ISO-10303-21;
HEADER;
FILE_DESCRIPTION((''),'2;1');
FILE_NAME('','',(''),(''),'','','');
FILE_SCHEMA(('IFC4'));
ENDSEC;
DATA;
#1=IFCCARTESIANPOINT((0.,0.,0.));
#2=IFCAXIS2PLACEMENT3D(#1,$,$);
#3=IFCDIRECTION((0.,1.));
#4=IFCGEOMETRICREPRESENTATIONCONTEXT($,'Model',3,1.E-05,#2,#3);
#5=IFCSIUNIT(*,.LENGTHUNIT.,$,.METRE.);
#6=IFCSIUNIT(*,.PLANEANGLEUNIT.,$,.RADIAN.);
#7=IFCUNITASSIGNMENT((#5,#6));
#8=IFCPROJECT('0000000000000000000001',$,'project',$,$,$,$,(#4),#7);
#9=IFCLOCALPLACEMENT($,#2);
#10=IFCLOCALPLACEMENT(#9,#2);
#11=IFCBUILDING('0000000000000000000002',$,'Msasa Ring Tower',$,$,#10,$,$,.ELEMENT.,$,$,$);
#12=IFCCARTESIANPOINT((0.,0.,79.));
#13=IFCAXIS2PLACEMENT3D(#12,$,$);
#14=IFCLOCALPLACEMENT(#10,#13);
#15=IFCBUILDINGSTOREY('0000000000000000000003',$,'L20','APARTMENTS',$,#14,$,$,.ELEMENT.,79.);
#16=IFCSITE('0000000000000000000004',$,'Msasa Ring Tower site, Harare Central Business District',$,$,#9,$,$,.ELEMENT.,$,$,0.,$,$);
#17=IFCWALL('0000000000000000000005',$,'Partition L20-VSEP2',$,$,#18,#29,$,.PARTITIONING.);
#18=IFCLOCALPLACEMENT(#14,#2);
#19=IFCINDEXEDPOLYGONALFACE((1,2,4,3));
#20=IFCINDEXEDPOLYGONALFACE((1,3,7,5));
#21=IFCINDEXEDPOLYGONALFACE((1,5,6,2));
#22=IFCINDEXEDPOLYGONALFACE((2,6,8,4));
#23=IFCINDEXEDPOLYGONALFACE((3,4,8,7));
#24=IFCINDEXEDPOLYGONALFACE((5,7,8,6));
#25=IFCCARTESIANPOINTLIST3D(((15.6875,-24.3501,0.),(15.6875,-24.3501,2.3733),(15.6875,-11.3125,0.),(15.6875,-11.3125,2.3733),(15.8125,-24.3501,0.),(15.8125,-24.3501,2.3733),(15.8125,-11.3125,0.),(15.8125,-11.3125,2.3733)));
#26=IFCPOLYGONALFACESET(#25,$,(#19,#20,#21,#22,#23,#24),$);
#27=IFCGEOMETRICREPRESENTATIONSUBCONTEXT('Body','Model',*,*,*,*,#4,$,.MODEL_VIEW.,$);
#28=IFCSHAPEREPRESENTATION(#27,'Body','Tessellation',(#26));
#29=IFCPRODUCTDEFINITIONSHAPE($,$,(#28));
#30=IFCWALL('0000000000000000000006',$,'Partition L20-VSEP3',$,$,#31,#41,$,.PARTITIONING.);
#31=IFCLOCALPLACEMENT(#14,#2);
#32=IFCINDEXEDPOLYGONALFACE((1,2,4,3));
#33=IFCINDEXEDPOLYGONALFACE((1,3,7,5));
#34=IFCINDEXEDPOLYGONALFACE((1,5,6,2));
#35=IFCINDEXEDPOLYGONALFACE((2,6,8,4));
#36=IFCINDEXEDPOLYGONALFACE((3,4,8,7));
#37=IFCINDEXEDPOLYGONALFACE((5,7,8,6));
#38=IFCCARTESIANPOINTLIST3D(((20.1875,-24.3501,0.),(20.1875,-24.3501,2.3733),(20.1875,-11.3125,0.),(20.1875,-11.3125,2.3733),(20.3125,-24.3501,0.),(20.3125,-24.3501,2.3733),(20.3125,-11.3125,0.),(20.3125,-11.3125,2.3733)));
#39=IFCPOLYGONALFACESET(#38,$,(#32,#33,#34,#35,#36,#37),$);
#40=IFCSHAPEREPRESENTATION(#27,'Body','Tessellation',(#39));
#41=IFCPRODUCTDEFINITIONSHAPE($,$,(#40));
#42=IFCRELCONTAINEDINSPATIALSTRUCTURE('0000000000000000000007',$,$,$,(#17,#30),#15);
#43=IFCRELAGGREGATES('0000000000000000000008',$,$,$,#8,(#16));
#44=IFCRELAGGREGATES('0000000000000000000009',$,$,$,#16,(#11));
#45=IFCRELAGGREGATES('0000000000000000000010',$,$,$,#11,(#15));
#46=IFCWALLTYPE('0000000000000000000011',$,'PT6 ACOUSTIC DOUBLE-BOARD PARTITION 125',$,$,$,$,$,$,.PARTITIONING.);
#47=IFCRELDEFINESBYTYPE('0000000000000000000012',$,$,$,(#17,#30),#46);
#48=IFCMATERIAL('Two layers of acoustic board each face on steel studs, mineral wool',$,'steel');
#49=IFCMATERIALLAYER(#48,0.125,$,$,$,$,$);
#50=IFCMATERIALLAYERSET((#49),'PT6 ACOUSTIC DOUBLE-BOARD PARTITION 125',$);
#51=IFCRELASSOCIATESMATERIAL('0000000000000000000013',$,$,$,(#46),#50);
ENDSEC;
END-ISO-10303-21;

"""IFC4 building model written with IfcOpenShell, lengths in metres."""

from ifc_helpers import new_model, si_unit, direction, frame, frame_2d, origin, place, context, subcontext, project, spatial, rectangle, extrude, material, layer, layer_set, type_object, element, save


model = new_model("IFC4")

# Units and contexts
model_context = context("Model", 3, precision=1e-05, world=origin(), true_north=direction((0.0, 1.0)))
body_context = subcontext(model_context, "Body", "Model", "MODEL_VIEW")
ifc_project = project(units=[si_unit("LENGTHUNIT", "METRE"), si_unit("PLANEANGLEUNIT", "RADIAN")], contexts=[model_context])

# Site, building, storey
site_placement = place(None, origin())
site = spatial("IfcSite", under=ifc_project, at=site_placement, Name="Msasa Ring Tower site, Harare Central Business District", CompositionType="ELEMENT", RefElevation=0.0)
building_placement = place(site_placement, origin())
building = spatial("IfcBuilding", under=site, at=building_placement, Name="Msasa Ring Tower", CompositionType="ELEMENT")
storey_placement = place(building_placement, frame((0.0, 0.0, 79.0)))
storey = spatial("IfcBuildingStorey", under=building, at=storey_placement, Name="L20", Description="APARTMENTS", CompositionType="ELEMENT", Elevation=79.0)

# Walls
ifc_material_1 = material(Name="Two layers of acoustic board each face on steel studs, mineral wool", Category="steel")
ifc_layer_1 = layer(ifc_material_1, 0.125)
ifc_layer_set_1 = layer_set([ifc_layer_1], Name="PT6 ACOUSTIC DOUBLE-BOARD PARTITION 125")
wall_type_1 = type_object("IfcWallType", Name="PT6 ACOUSTIC DOUBLE-BOARD PARTITION 125", PredefinedType="PARTITIONING", material=ifc_layer_set_1)
for number, where, z_axis, x_axis, name in (
    (1, (15.75, -24.3501, 0.0), (0.0, 0.0, 1.0), (0.0, 1.0, 0.0), "Partition L20-VSEP2"),
    (2, (20.25, -24.3501, 0.0), (0.0, 0.0, 1.0), (0.0, 1.0, 0.0), "Partition L20-VSEP3"),
):
    element("IfcWall", number, at=place(storey_placement, frame(where, z_axis=z_axis, x_axis=x_axis)), inside=storey, type_object=wall_type_1, Name=name, PredefinedType="PARTITIONING", context=body_context, shape_type="SweptSolid", body=[
        extrude(rectangle(XDim=13.0376, YDim=0.125, at=frame_2d((6.5188, 0.0))), origin(), (0.0, 0.0, 1.0), 2.3733),
    ])

save(model, "model.ifc")
